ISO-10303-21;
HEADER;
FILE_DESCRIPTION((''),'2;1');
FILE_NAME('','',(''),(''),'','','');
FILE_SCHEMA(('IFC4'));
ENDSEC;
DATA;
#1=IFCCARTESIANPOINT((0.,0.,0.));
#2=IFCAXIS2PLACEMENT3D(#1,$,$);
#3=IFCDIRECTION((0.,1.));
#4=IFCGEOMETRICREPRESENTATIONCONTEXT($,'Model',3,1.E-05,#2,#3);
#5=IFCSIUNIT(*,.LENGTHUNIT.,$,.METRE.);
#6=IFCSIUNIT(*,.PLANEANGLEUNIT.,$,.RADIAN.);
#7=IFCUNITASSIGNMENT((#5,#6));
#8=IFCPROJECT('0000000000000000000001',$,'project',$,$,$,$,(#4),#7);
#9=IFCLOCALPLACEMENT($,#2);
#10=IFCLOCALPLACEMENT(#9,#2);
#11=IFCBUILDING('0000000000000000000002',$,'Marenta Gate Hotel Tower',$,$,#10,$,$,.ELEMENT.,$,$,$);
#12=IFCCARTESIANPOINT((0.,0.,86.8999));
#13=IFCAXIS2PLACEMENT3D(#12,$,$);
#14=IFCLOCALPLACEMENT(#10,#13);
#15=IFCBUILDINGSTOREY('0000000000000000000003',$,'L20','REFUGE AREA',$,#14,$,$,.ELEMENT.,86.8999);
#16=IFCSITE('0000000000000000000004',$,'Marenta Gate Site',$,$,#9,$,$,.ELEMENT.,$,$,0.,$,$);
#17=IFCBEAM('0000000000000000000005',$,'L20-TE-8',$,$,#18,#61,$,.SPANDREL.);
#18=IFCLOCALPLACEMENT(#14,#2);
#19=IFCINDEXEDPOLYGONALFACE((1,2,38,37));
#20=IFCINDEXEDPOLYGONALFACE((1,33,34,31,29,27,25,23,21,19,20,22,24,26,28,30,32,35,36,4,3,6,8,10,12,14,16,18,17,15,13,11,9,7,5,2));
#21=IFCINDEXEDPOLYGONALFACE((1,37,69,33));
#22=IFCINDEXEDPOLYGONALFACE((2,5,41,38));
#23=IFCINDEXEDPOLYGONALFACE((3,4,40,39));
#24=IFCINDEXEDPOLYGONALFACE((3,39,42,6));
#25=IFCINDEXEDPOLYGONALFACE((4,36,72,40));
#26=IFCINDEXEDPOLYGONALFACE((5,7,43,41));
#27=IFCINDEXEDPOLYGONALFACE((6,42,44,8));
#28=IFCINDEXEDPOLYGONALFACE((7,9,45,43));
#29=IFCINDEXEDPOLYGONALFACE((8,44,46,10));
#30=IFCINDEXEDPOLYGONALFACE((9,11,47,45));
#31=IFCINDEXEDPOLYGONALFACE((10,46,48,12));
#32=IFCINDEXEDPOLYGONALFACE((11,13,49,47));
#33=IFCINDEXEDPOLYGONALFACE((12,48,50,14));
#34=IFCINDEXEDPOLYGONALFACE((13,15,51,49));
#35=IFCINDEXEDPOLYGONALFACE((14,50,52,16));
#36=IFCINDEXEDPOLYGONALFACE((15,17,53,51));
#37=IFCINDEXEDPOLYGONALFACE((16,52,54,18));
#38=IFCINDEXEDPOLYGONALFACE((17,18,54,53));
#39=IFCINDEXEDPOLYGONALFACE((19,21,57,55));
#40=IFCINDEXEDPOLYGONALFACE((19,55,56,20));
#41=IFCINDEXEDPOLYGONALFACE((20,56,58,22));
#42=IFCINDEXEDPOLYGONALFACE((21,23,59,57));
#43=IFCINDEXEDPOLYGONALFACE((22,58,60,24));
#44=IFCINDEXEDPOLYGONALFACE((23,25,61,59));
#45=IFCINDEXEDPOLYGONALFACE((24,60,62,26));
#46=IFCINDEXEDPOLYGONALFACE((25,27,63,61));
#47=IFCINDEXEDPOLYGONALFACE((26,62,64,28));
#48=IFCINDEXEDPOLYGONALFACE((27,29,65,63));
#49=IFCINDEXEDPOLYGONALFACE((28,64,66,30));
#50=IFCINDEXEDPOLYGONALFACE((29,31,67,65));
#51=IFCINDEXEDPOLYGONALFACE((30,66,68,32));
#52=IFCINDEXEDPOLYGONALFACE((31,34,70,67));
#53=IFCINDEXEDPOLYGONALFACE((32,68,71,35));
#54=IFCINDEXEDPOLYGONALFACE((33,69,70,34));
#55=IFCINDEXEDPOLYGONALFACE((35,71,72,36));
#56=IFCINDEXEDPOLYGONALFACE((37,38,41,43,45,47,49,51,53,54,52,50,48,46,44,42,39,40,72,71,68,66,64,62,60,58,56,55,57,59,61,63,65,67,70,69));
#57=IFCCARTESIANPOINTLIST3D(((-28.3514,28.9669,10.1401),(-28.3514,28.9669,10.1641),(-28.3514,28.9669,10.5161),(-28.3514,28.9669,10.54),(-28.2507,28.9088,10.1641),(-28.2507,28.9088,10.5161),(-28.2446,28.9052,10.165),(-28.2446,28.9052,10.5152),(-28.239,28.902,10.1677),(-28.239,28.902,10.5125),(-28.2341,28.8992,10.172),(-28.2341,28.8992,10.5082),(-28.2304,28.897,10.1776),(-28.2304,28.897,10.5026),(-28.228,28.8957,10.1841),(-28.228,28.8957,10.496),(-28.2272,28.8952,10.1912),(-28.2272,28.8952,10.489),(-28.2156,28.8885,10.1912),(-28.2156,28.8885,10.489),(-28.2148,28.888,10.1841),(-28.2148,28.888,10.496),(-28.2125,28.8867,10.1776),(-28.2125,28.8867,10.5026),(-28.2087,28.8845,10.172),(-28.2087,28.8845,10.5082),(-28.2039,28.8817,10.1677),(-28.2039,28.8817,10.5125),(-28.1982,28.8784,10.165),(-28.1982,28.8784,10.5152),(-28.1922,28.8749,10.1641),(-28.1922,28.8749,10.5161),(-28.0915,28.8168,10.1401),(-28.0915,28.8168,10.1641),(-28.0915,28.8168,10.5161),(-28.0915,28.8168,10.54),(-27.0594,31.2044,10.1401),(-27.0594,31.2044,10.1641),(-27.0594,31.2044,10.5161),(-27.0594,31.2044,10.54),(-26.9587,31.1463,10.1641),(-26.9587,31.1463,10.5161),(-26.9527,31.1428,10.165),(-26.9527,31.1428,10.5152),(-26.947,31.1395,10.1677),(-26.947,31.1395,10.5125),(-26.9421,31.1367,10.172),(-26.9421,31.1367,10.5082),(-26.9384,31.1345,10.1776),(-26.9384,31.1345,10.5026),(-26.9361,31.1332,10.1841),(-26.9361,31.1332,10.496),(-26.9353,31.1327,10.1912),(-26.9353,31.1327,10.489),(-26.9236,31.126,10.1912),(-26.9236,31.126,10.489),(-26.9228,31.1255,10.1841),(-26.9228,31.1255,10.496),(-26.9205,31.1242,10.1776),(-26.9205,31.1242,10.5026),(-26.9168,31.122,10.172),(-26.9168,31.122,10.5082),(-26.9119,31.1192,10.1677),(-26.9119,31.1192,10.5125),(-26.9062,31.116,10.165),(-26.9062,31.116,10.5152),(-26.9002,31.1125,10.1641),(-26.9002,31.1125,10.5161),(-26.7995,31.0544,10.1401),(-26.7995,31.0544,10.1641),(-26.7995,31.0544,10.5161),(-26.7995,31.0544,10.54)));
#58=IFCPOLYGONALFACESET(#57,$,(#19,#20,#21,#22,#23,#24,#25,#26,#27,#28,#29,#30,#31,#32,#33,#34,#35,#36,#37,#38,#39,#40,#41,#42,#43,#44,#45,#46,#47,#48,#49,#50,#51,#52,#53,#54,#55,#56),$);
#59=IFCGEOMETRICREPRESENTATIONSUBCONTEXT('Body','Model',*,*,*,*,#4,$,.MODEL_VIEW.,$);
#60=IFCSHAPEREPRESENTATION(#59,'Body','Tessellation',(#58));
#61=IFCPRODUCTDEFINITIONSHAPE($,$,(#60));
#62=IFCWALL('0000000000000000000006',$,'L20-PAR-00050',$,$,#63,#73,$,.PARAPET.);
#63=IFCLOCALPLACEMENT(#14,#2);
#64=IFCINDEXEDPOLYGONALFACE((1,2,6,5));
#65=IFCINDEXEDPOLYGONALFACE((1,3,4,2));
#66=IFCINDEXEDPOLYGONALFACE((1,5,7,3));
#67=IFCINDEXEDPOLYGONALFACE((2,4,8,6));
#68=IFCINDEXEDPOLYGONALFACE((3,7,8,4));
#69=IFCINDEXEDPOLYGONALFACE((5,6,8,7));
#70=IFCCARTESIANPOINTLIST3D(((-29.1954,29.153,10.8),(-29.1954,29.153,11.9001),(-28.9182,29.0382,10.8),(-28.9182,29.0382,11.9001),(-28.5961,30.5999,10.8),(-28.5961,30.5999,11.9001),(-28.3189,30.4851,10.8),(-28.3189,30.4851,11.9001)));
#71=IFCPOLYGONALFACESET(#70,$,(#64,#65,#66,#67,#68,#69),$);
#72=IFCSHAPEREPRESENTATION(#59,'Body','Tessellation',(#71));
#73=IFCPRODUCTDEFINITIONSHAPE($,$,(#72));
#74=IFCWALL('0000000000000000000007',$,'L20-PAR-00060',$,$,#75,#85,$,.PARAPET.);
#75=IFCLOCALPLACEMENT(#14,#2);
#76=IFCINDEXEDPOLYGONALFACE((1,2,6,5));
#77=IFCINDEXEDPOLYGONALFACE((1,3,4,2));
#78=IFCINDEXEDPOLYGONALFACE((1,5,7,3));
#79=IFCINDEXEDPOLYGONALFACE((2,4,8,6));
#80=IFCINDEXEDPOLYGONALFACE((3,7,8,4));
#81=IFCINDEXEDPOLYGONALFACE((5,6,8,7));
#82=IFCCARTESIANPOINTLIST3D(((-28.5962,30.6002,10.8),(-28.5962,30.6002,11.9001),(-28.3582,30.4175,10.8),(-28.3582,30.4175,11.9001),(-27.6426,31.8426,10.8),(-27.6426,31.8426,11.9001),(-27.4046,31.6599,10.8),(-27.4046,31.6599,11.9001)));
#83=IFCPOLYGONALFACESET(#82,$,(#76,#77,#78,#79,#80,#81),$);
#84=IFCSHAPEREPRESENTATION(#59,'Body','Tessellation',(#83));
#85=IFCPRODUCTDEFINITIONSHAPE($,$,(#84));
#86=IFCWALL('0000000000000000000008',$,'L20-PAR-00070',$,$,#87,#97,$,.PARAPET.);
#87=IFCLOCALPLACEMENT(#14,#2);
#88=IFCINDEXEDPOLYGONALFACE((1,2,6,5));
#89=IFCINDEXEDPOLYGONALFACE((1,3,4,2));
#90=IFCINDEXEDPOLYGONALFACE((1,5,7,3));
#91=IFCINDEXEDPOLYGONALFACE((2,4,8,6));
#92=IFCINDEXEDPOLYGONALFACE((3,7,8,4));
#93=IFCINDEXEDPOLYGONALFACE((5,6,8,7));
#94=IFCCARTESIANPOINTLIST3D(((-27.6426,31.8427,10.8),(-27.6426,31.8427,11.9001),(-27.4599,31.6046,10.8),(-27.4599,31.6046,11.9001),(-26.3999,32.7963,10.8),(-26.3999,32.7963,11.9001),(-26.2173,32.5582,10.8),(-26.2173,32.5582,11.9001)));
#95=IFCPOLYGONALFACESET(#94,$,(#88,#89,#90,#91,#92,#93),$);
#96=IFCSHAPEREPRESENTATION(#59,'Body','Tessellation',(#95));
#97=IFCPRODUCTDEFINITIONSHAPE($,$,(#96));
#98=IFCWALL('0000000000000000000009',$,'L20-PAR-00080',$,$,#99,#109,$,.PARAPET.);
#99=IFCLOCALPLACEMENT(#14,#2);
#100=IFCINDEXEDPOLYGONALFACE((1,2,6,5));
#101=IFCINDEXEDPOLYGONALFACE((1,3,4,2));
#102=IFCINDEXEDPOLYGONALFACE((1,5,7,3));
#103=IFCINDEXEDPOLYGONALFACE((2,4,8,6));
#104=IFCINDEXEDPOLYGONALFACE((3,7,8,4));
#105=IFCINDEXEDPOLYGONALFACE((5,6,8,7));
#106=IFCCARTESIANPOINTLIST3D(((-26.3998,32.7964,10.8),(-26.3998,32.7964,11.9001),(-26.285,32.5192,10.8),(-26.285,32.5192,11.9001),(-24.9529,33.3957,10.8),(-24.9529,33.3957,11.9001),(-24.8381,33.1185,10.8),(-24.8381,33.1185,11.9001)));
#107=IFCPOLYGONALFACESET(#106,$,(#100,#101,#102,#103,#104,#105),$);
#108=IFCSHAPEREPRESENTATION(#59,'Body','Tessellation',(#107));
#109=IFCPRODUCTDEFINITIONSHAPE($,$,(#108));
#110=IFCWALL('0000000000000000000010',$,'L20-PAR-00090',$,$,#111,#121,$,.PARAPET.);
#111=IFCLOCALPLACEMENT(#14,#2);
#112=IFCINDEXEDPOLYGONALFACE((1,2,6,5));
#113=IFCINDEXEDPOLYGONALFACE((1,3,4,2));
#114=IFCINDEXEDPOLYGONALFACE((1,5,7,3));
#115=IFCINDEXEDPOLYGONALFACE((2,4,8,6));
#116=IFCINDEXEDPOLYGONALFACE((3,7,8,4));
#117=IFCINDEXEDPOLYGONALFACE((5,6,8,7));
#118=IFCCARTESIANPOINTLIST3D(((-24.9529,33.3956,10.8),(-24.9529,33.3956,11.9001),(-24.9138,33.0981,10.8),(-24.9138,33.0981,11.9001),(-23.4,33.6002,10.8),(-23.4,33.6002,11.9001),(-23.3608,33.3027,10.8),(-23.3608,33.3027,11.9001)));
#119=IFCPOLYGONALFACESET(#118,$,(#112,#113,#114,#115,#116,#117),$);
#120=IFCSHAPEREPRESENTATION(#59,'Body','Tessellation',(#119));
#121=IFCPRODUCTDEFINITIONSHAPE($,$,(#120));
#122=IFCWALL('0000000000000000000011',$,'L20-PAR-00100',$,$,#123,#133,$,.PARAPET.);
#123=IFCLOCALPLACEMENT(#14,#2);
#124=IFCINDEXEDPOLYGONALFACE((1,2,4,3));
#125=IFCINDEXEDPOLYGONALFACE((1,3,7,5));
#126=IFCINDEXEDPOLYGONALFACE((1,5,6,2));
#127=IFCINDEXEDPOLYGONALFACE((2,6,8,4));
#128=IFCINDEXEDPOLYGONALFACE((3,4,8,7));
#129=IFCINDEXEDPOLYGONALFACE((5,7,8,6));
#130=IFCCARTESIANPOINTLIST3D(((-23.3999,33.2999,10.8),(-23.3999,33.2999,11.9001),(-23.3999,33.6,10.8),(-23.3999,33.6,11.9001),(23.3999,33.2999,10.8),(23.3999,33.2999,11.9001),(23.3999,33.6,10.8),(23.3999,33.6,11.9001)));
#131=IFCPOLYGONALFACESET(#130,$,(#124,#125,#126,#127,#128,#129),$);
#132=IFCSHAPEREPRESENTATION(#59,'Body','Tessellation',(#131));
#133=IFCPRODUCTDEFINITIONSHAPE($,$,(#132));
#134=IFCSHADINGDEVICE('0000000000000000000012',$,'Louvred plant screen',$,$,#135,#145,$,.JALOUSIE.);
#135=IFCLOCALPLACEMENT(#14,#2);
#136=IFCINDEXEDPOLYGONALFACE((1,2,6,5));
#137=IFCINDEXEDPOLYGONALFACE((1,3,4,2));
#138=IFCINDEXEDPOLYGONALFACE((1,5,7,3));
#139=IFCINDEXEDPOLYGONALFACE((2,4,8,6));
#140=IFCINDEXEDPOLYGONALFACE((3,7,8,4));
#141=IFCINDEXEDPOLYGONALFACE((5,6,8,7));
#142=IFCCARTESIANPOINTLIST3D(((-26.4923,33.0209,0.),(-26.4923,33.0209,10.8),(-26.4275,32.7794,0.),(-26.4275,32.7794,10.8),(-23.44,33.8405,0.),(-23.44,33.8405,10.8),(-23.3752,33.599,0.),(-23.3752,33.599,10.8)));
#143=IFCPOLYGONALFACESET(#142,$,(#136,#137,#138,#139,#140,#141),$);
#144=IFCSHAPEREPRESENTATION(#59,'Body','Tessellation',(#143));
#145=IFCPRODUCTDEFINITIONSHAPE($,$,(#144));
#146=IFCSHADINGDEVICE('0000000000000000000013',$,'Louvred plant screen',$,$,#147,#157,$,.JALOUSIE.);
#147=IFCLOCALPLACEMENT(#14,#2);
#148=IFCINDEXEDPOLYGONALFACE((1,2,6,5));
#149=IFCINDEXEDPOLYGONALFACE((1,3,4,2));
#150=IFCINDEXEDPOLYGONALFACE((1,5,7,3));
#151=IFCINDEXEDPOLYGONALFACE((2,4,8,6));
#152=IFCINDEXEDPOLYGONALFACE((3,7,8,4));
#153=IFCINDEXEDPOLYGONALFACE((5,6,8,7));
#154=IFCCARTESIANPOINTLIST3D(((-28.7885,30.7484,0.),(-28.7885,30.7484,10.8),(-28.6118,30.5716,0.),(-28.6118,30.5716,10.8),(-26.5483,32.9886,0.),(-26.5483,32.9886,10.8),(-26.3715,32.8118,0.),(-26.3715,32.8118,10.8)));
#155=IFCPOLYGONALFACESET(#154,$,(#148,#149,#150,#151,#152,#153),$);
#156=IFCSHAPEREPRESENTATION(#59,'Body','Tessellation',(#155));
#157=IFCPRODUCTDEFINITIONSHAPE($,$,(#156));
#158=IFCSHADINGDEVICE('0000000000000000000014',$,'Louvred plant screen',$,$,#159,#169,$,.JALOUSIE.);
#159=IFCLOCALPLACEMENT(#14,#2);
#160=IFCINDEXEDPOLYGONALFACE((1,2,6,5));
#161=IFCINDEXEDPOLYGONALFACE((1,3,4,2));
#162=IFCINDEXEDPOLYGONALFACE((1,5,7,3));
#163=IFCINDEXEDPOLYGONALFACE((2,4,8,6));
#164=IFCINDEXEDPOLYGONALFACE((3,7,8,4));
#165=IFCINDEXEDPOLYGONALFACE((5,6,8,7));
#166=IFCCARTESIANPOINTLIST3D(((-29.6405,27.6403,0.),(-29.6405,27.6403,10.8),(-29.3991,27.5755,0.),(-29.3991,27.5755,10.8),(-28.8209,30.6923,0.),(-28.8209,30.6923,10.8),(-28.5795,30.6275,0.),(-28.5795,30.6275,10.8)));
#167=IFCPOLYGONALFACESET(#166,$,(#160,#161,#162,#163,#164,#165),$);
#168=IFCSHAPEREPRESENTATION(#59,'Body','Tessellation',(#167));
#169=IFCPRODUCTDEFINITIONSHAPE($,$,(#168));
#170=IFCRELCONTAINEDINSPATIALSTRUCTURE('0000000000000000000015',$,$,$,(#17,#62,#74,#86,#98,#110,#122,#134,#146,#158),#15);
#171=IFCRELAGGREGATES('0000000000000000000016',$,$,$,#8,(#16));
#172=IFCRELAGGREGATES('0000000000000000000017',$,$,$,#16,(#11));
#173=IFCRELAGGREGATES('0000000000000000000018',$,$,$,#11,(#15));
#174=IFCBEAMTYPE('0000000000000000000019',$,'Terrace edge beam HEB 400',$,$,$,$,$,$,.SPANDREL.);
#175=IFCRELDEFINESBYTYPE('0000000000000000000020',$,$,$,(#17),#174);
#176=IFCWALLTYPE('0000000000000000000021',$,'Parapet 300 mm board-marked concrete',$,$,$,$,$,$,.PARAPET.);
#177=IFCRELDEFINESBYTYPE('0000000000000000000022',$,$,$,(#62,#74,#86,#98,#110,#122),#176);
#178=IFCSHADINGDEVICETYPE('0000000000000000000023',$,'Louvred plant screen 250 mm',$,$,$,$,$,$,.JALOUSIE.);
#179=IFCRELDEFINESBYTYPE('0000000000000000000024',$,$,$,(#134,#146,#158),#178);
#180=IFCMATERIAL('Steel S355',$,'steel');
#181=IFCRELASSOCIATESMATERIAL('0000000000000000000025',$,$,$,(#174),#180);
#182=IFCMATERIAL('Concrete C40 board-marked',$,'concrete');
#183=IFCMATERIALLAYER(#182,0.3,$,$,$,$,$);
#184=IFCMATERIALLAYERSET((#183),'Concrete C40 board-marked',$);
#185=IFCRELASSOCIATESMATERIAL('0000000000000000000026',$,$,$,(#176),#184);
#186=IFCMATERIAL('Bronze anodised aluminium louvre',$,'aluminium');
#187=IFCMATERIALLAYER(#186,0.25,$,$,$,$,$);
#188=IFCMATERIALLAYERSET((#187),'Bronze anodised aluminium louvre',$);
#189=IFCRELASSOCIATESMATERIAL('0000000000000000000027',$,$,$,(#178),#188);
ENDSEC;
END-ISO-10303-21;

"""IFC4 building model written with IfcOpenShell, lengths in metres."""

from ifc_helpers import new_model, si_unit, direction, frame, frame_2d, origin, origin_2d, place, context, subcontext, project, spatial, rectangle, i_section, extrude, material, layer, layer_set, material_profile, profile_set, type_object, element, save


model = new_model("IFC4")

# Units and contexts
model_context = context("Model", 3, precision=1e-05, world=origin(), true_north=direction((0.0, 1.0)))
body_context = subcontext(model_context, "Body", "Model", "MODEL_VIEW")
ifc_project = project(units=[si_unit("LENGTHUNIT", "METRE"), si_unit("PLANEANGLEUNIT", "RADIAN")], contexts=[model_context])

# Site, building, storey
site_placement = place(None, origin())
site = spatial("IfcSite", under=ifc_project, at=site_placement, Name="Marenta Gate Site", CompositionType="ELEMENT", RefElevation=0.0)
building_placement = place(site_placement, origin())
building = spatial("IfcBuilding", under=site, at=building_placement, Name="Marenta Gate Hotel Tower", CompositionType="ELEMENT")
storey_placement = place(building_placement, frame((0.0, 0.0, 86.8999)))
storey = spatial("IfcBuildingStorey", under=building, at=storey_placement, Name="L20", Description="REFUGE AREA", CompositionType="ELEMENT", Elevation=86.8999)

# Beam
ifc_material_1 = material(Name="Steel S355", Category="steel")
ifc_material_profile_1 = material_profile(ifc_material_1, i_section(OverallWidth=0.3, OverallDepth=0.3999, WebThickness=0.0134, FlangeThickness=0.0239, FilletRadius=0.0271, at=origin_2d()), Name="HEB 400")
ifc_profile_set_1 = profile_set([ifc_material_profile_1], Name="Steel S355")
beam_type_1 = type_object("IfcBeamType", Name="Terrace edge beam HEB 400", PredefinedType="SPANDREL", material=ifc_profile_set_1)
beam_1_placement = place(storey_placement, frame((-28.2214, 28.8918, 10.3401), z_axis=(0.500041, 0.866001, 0.0), x_axis=(-0.866001, 0.500041, 0.0)))
element("IfcBeam", 1, at=beam_1_placement, inside=storey, type_object=beam_type_1, Name="L20-TE-8", PredefinedType="SPANDREL", context=body_context, shape_type="SweptSolid", body=[
    extrude(i_section(OverallWidth=0.3, OverallDepth=0.3999, WebThickness=0.0134, FlangeThickness=0.0239, FilletRadius=0.0271, at=origin_2d()), origin(), (0.0, 0.0, 1.0), 2.5837),
])

# Walls
ifc_material_2 = material(Name="Concrete C40 board-marked", Category="concrete")
ifc_layer_1 = layer(ifc_material_2, 0.3)
ifc_layer_set_1 = layer_set([ifc_layer_1], Name="Concrete C40 board-marked")
wall_type = type_object("IfcWallType", Name="Parapet 300 mm board-marked concrete", PredefinedType="PARAPET", material=ifc_layer_set_1)
for number, where, z_axis, x_axis, name in (
    (2, (-29.0569, 29.0955, 10.8), (0.0, 0.0, 1.0), (0.382678, 0.923882, 0.0), "L20-PAR-00050"),
    (3, (-28.4773, 30.5088, 10.8), (0.0, 0.0, 1.0), (0.608867, 0.793273, 0.0), "L20-PAR-00060"),
):
    element("IfcWall", number, at=place(storey_placement, frame(where, z_axis=z_axis, x_axis=x_axis)), inside=storey, type_object=wall_type, Name=name, PredefinedType="PARAPET", context=body_context, shape_type="SweptSolid", body=[
        extrude(rectangle(XDim=1.5662, YDim=0.3, at=frame_2d((0.7832, 0.0))), origin(), (0.0, 0.0, 1.0), 1.1001),
    ])
wall_1_placement = place(storey_placement, frame((-27.5513, 31.7236, 10.8), z_axis=(0.0, 0.0, 1.0), x_axis=(0.79333, 0.608791, 0.0)))
element("IfcWall", 4, at=wall_1_placement, inside=storey, type_object=wall_type, Name="L20-PAR-00070", PredefinedType="PARAPET", context=body_context, shape_type="SweptSolid", body=[
    extrude(rectangle(XDim=1.5664, YDim=0.3, at=frame_2d((0.7832, 0.0))), origin(), (0.0, 0.0, 1.0), 1.1001),
])
wall_2_placement = place(storey_placement, frame((-26.3425, 32.6577, 10.8), z_axis=(0.0, 0.0, 1.0), x_axis=(0.923882, 0.382678, 0.0)))
element("IfcWall", 5, at=wall_2_placement, inside=storey, type_object=wall_type, Name="L20-PAR-00080", PredefinedType="PARAPET", context=body_context, shape_type="SweptSolid", body=[
    extrude(rectangle(XDim=1.5662, YDim=0.3, at=frame_2d((0.7832, 0.0))), origin(), (0.0, 0.0, 1.0), 1.1001),
])
wall_3_placement = place(storey_placement, frame((-24.9333, 33.2468, 10.8), z_axis=(0.0, 0.0, 1.0), x_axis=(0.991434, 0.130612, 0.0)))
element("IfcWall", 6, at=wall_3_placement, inside=storey, type_object=wall_type, Name="L20-PAR-00090", PredefinedType="PARAPET", context=body_context, shape_type="SweptSolid", body=[
    extrude(rectangle(XDim=1.5664, YDim=0.3, at=frame_2d((0.7832, 0.0))), origin(), (0.0, 0.0, 1.0), 1.1001),
])
wall_4_placement = place(storey_placement, frame((-23.3999, 33.45, 10.8), z_axis=(0.0, 0.0, 1.0), x_axis=(1.0, 0.0, 0.0)))
element("IfcWall", 7, at=wall_4_placement, inside=storey, type_object=wall_type, Name="L20-PAR-00100", PredefinedType="PARAPET", context=body_context, shape_type="SweptSolid", body=[
    extrude(rectangle(XDim=46.7998, YDim=0.3, at=frame_2d((23.3999, 0.0))), origin(), (0.0, 0.0, 1.0), 1.1001),
])

# Shading devices
ifc_material_3 = material(Name="Bronze anodised aluminium louvre", Category="aluminium")
ifc_layer_2 = layer(ifc_material_3, 0.25)
ifc_layer_set_2 = layer_set([ifc_layer_2], Name="Bronze anodised aluminium louvre")
shading_device_type = type_object("IfcShadingDeviceType", Name="Louvred plant screen 250 mm", PredefinedType="JALOUSIE", material=ifc_layer_set_2)
shading_device_1_placement = place(storey_placement, frame((-23.4077, 33.7197, 0.0), z_axis=(0.0, 0.0, 1.0), x_axis=(-0.965789, -0.259331, 0.0)))
element("IfcShadingDevice", 8, at=shading_device_1_placement, inside=storey, type_object=shading_device_type, Name="Louvred plant screen", PredefinedType="JALOUSIE", context=body_context, shape_type="SweptSolid", body=[
    extrude(rectangle(XDim=3.1604, YDim=0.25, at=frame_2d((1.5801, 0.0))), origin(), (0.0, 0.0, 1.0), 10.8),
])
shading_device_2_placement = place(storey_placement, frame((-26.46, 32.9001, 0.0), z_axis=(0.0, 0.0, 1.0), x_axis=(-0.707107, -0.707107, 0.0)))
element("IfcShadingDevice", 9, at=shading_device_2_placement, inside=storey, type_object=shading_device_type, Name="Louvred plant screen", PredefinedType="JALOUSIE", context=body_context, shape_type="SweptSolid", body=[
    extrude(rectangle(XDim=3.1682, YDim=0.25, at=frame_2d((1.584, 0.0))), origin(), (0.0, 0.0, 1.0), 10.8),
])
shading_device_3_placement = place(storey_placement, frame((-28.7002, 30.6599, 0.0), z_axis=(0.0, 0.0, 1.0), x_axis=(-0.25935, -0.965783, 0.0)))
element("IfcShadingDevice", 10, at=shading_device_3_placement, inside=storey, type_object=shading_device_type, Name="Louvred plant screen", PredefinedType="JALOUSIE", context=body_context, shape_type="SweptSolid", body=[
    extrude(rectangle(XDim=3.1602, YDim=0.25, at=frame_2d((1.5801, 0.0))), origin(), (0.0, 0.0, 1.0), 10.8),
])

save(model, "model.ifc")
